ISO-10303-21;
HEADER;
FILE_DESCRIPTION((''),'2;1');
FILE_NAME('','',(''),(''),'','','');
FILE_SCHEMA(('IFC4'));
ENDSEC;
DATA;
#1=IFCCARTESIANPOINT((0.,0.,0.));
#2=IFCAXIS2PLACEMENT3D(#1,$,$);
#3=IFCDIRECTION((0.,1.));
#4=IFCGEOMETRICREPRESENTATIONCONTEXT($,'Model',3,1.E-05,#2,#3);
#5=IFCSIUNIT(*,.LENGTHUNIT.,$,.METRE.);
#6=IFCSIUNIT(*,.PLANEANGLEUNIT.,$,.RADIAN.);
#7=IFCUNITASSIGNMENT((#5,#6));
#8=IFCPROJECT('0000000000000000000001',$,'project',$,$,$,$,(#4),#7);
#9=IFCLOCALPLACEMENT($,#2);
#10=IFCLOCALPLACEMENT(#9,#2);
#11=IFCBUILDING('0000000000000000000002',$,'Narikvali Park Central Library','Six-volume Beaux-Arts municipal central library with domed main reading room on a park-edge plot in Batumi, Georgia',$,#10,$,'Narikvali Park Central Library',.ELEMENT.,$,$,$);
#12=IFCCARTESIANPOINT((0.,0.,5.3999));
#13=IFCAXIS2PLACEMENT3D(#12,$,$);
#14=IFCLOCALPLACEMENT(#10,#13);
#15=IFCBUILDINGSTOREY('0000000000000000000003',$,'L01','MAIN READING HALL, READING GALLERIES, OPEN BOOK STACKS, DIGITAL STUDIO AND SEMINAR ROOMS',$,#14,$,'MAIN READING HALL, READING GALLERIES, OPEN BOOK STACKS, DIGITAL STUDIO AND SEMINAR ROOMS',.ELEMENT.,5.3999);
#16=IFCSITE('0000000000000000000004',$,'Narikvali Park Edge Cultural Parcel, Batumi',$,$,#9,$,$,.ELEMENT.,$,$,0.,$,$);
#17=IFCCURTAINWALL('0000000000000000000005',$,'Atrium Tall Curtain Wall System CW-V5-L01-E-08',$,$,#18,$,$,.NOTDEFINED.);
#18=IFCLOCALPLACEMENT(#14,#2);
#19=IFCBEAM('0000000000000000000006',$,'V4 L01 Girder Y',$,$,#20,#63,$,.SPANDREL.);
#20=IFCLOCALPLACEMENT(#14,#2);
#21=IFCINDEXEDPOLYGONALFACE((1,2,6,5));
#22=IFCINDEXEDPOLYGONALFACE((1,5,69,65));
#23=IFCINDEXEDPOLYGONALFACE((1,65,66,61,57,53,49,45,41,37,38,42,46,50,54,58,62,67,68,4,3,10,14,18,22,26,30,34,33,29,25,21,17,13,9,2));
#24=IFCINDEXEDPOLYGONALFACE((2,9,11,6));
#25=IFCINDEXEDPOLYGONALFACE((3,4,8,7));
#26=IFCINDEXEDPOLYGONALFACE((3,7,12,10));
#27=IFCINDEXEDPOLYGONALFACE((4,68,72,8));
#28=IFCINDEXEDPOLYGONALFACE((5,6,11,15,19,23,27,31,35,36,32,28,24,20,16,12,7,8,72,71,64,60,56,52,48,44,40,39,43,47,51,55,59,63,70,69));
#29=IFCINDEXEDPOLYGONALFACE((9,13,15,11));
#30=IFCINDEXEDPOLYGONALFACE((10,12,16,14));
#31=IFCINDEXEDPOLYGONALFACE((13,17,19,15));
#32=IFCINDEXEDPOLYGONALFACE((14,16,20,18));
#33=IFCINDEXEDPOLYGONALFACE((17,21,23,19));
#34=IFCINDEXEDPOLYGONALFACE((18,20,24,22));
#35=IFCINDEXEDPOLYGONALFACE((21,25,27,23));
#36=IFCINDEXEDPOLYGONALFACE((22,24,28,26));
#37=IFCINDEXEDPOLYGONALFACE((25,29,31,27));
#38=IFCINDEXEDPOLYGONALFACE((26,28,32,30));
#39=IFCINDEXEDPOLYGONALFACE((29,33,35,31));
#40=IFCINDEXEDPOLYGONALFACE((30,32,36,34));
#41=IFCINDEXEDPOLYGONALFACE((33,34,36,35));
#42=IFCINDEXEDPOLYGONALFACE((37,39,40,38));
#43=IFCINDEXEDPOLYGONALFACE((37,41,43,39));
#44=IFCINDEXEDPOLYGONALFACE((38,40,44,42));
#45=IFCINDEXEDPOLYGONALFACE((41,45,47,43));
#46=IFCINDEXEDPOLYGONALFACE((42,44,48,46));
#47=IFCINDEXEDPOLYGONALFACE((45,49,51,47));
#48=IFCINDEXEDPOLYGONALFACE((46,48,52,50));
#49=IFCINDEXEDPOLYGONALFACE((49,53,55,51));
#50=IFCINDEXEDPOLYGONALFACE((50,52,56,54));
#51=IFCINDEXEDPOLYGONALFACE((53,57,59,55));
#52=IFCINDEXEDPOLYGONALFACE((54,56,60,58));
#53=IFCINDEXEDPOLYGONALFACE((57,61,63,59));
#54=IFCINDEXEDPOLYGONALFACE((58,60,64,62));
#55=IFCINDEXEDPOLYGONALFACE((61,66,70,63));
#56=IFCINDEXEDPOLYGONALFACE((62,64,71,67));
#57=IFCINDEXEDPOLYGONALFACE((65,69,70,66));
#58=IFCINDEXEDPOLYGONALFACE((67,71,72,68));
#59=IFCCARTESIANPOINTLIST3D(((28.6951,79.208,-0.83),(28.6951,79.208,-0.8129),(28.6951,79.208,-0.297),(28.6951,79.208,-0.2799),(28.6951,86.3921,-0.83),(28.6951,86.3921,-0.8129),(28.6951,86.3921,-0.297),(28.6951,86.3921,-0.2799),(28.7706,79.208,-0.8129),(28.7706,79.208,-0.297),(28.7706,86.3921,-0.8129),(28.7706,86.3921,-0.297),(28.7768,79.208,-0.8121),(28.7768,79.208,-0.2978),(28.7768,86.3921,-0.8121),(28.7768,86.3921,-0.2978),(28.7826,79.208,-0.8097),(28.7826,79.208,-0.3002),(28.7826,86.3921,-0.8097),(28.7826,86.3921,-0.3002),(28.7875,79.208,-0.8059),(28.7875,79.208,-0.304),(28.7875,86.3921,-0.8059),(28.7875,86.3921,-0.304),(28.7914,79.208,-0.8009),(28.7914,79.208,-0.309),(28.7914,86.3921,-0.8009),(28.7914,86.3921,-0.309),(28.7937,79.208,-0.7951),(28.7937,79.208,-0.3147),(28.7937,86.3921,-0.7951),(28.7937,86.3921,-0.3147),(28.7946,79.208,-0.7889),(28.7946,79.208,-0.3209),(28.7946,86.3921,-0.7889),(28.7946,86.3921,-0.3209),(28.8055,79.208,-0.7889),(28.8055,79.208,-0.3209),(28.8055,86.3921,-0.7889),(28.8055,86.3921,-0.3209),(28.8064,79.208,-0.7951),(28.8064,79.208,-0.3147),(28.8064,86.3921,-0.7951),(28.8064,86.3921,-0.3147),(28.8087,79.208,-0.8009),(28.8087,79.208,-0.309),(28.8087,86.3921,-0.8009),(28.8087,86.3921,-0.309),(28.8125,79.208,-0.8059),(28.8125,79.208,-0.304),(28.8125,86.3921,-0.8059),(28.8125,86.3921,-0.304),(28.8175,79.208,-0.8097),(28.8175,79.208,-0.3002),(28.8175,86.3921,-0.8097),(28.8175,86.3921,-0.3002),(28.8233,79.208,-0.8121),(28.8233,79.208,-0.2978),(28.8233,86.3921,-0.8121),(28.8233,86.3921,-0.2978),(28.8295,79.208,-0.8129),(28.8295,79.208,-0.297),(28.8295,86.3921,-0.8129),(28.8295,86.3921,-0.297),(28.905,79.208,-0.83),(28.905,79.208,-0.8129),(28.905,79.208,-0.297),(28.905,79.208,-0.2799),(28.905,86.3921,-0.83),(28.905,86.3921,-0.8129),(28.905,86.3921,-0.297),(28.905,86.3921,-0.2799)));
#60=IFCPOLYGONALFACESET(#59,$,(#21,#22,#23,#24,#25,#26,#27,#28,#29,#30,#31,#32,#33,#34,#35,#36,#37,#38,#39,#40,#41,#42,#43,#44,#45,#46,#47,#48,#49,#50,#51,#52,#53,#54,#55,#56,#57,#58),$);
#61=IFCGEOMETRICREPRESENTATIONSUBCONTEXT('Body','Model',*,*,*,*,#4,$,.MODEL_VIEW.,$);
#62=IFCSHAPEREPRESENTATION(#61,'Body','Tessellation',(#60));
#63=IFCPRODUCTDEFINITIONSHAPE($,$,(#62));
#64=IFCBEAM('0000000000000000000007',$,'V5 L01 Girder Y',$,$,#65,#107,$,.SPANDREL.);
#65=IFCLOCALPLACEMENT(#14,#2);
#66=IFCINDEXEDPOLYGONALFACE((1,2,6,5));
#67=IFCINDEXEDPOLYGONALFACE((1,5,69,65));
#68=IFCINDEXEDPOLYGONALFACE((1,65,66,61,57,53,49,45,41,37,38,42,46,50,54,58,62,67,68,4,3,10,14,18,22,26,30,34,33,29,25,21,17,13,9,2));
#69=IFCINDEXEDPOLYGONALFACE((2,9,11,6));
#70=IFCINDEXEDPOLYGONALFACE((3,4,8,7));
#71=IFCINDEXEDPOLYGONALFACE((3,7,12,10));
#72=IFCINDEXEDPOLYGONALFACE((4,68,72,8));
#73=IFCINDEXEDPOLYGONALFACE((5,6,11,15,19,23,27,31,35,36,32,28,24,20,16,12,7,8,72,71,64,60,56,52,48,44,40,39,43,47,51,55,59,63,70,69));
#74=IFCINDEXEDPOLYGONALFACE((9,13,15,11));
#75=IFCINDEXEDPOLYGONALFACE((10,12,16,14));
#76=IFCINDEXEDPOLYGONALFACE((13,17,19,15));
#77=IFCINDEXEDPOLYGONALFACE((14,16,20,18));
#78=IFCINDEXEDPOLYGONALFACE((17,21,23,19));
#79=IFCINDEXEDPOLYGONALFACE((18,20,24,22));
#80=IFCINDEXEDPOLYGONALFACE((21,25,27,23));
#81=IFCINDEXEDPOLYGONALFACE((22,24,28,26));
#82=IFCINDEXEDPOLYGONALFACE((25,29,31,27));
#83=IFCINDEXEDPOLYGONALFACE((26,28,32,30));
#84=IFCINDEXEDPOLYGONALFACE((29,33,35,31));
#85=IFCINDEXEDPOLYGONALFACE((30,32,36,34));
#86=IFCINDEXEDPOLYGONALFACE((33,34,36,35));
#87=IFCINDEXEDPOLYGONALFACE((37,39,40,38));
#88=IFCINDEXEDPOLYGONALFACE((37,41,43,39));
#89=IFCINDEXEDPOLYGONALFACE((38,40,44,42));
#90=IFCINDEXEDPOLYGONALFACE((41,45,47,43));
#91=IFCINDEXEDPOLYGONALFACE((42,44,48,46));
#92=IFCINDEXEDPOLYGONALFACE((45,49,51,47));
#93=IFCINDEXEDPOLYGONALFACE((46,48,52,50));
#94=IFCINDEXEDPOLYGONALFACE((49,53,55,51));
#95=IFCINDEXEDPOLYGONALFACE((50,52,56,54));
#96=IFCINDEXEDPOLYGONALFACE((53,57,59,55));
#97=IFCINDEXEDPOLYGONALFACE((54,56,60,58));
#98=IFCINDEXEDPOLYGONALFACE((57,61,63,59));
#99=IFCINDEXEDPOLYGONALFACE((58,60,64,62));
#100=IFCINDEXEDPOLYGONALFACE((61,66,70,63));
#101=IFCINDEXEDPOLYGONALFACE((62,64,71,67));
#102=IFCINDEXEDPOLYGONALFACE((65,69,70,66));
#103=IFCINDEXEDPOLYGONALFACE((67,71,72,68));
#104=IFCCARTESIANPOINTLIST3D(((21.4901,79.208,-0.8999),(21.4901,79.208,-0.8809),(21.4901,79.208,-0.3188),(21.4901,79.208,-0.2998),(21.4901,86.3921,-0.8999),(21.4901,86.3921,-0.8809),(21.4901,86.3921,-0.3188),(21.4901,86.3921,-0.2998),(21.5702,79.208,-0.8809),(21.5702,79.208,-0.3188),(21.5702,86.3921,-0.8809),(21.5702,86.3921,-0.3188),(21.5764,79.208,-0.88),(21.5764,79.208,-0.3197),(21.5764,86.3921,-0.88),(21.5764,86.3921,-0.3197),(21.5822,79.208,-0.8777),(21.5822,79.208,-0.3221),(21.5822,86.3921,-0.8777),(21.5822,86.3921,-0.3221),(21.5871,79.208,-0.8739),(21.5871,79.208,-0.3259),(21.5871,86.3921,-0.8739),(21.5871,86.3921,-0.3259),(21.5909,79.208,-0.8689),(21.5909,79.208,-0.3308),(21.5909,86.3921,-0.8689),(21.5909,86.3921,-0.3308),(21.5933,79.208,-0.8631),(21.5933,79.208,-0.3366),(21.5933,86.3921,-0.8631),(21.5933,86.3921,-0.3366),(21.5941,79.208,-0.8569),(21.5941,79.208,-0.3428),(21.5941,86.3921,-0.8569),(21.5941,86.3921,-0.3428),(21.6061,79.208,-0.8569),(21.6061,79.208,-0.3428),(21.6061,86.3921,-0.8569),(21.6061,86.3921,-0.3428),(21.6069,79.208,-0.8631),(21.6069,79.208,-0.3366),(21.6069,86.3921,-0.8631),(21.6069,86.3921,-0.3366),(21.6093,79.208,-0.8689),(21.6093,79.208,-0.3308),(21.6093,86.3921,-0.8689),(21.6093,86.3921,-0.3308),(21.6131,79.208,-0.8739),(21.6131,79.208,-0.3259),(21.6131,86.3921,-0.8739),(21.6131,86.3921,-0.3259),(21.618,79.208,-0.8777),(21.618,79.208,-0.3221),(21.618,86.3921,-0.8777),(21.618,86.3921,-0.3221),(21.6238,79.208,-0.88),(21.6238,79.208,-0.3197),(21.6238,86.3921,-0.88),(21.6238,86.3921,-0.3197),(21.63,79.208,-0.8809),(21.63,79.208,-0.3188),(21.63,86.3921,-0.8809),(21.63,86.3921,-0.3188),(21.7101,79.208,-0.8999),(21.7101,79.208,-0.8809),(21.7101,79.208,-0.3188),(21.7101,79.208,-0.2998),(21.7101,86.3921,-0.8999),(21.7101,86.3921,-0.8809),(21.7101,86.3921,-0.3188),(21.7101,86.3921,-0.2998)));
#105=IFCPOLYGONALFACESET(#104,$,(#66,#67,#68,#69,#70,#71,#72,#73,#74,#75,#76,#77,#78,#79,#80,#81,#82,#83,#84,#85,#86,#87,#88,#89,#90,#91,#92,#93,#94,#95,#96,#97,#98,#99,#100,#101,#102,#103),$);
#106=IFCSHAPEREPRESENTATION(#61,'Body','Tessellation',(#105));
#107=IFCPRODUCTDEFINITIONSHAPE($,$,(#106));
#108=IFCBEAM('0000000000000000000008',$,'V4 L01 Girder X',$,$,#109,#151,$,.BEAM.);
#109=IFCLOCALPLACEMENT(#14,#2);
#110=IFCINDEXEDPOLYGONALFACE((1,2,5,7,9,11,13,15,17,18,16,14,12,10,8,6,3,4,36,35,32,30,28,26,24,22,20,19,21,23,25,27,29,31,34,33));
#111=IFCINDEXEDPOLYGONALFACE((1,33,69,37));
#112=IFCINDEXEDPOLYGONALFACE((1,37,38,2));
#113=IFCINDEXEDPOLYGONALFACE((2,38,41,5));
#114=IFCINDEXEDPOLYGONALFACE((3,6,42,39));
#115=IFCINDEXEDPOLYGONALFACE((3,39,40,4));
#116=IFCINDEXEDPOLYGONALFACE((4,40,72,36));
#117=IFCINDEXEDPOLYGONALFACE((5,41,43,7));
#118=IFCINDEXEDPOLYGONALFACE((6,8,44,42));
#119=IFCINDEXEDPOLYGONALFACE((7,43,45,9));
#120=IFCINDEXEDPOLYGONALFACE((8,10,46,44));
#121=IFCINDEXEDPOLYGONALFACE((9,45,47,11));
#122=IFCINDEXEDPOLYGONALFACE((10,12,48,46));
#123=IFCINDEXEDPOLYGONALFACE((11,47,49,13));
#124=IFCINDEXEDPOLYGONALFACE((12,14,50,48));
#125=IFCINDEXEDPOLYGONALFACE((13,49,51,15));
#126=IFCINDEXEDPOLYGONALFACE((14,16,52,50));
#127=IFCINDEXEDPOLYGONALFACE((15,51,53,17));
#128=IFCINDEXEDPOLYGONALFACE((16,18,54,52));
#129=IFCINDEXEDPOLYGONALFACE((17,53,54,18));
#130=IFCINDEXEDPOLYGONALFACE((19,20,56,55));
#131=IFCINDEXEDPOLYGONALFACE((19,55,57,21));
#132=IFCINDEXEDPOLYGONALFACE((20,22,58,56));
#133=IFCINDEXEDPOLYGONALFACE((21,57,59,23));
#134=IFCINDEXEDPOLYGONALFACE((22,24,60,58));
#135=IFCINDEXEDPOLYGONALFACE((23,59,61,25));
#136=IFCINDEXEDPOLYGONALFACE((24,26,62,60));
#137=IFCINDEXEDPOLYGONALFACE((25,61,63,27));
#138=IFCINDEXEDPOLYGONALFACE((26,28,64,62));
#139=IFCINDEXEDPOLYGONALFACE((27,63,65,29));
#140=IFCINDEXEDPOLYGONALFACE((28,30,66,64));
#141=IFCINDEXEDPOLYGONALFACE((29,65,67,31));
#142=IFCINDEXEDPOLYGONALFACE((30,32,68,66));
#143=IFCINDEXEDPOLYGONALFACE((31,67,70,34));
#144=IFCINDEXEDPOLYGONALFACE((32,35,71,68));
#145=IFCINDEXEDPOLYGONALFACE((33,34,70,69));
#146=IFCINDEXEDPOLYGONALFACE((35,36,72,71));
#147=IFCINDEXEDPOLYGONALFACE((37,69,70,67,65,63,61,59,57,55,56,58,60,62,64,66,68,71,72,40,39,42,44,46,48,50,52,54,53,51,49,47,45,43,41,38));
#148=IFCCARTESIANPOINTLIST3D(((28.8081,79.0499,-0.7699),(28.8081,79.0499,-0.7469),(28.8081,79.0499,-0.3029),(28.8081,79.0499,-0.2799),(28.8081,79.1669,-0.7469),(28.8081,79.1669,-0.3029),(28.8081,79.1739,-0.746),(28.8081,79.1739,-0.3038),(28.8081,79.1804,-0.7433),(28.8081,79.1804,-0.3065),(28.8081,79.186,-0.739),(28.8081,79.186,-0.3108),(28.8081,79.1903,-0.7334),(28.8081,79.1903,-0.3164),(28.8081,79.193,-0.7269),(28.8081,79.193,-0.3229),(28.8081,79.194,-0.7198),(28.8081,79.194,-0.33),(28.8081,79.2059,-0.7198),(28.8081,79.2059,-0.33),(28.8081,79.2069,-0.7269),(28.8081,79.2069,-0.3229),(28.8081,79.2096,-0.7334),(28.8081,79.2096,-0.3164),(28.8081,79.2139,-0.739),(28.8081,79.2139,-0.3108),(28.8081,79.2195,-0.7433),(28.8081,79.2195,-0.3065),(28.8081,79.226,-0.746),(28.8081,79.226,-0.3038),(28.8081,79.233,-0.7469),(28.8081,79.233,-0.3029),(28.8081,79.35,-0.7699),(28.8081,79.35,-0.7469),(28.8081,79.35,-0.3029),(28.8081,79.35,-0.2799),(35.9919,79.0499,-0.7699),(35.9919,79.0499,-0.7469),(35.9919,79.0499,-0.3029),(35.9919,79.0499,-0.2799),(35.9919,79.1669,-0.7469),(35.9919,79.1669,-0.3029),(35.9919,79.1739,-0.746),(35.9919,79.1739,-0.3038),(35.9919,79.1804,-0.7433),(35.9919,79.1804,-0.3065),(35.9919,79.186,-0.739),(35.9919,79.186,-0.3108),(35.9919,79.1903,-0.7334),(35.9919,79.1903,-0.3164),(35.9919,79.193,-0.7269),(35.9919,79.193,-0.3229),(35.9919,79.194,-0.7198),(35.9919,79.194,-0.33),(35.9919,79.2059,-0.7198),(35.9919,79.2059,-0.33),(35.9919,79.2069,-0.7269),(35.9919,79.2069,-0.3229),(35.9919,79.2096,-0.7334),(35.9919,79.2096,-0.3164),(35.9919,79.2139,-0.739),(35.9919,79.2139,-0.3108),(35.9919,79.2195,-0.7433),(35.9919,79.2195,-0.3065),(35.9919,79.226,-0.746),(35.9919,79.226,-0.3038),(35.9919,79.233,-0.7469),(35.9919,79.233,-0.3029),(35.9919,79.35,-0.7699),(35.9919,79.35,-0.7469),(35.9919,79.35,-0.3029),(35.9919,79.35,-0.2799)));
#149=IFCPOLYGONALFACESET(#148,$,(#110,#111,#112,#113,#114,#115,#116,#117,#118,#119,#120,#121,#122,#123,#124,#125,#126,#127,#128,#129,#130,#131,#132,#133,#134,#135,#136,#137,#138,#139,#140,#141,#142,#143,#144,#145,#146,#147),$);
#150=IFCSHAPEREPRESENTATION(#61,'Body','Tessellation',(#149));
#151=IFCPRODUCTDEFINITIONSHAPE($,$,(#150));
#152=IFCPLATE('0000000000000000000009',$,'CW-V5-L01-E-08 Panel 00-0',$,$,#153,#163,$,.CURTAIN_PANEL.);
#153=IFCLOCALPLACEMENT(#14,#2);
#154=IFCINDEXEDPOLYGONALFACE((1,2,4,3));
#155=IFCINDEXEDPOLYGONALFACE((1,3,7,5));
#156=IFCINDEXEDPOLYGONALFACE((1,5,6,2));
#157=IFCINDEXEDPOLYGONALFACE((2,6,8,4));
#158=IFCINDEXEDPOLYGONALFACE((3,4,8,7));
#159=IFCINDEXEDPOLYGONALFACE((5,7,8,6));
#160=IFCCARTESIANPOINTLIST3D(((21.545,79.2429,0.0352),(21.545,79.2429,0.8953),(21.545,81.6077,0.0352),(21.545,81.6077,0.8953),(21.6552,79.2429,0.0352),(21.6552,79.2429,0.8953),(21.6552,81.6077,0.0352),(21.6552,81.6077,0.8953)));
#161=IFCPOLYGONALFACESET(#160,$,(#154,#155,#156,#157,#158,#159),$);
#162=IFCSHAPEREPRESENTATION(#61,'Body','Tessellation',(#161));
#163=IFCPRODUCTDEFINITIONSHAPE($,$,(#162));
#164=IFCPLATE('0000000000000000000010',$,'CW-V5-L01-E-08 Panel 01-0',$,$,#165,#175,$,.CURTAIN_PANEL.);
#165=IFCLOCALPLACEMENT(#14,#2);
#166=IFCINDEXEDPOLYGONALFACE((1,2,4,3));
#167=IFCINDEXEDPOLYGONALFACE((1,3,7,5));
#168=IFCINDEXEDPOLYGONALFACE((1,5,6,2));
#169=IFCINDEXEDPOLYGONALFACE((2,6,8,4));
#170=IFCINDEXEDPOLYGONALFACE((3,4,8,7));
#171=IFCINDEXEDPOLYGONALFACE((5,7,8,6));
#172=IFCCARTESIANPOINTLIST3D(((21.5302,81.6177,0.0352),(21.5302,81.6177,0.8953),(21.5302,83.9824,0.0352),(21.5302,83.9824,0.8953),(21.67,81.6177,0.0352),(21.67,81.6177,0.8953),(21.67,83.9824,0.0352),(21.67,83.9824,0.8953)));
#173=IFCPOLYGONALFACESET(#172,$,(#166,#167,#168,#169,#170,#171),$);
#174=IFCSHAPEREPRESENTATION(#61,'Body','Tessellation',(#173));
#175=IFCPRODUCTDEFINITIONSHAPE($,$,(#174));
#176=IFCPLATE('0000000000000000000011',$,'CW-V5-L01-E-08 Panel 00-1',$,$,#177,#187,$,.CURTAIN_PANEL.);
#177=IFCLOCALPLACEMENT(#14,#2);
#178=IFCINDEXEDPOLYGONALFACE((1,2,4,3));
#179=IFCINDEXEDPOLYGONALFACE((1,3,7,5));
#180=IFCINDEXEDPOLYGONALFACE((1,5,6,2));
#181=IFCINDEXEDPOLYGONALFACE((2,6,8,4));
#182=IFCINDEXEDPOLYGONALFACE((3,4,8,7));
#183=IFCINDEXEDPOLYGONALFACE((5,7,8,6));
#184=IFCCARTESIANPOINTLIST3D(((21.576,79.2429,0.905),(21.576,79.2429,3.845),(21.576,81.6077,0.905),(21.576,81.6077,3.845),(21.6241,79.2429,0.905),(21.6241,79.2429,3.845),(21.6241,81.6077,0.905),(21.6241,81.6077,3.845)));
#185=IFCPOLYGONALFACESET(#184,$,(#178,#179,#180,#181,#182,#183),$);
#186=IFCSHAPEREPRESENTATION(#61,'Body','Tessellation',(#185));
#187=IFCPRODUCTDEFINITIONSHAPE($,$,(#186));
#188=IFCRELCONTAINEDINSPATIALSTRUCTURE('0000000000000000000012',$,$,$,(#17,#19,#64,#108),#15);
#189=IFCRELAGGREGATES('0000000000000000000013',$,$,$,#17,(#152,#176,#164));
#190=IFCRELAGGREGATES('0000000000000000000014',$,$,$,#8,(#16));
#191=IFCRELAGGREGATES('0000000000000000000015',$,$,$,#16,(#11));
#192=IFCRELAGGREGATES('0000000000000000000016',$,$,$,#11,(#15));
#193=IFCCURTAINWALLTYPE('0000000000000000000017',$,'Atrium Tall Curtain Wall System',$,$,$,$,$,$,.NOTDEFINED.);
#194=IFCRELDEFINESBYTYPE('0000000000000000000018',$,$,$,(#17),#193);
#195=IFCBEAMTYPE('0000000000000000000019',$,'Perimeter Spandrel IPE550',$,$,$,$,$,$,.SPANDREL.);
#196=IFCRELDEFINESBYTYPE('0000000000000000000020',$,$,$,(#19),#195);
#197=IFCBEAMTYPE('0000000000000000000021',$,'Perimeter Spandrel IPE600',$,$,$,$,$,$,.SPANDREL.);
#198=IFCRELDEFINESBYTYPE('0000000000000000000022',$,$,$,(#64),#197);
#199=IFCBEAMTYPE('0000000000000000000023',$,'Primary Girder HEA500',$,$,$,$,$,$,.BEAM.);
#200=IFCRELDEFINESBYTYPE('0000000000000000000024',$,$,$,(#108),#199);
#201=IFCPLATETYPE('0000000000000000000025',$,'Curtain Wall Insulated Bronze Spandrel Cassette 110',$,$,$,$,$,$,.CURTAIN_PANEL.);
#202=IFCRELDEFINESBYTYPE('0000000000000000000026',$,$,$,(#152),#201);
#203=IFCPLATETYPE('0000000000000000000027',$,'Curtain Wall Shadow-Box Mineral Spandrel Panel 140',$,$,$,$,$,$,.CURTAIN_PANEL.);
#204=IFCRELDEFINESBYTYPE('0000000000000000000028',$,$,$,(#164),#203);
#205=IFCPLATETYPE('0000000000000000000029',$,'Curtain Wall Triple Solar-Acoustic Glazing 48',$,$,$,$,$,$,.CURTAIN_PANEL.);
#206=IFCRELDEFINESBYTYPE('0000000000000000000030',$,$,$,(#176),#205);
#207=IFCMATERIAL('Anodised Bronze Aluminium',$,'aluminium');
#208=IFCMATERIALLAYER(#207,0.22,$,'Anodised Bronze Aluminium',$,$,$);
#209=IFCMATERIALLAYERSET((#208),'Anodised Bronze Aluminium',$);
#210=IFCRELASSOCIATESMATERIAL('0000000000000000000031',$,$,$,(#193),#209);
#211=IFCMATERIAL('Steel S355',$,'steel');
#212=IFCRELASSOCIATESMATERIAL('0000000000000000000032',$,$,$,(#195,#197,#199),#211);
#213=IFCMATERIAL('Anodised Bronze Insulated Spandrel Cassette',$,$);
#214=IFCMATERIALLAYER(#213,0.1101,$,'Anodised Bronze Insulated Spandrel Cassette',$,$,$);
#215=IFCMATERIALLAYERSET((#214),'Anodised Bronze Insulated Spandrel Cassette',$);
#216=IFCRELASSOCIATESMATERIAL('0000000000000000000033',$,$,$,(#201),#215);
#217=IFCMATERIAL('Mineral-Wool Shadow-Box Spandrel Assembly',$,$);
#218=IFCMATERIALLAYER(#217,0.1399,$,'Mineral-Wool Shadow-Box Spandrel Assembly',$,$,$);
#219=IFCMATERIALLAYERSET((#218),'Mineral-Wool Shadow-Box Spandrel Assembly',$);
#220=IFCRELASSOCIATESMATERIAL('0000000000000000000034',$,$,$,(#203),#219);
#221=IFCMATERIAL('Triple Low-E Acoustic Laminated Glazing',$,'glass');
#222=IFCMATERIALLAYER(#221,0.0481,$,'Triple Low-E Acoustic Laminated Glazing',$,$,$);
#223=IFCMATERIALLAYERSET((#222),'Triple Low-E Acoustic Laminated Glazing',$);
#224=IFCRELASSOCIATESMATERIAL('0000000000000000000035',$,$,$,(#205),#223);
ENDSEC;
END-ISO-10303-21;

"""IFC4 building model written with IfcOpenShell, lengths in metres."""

from ifc_helpers import new_model, si_unit, direction, frame, origin, origin_2d, place, context, subcontext, project, spatial, rectangle, i_section, extrude, material, layer, layer_set, material_profile, profile_set, type_object, element, aggregate, save


model = new_model("IFC4")

# Units and contexts
model_context = context("Model", 3, precision=1e-05, world=origin(), true_north=direction((0.0, 1.0)))
body_context = subcontext(model_context, "Body", "Model", "MODEL_VIEW")
ifc_project = project(units=[si_unit("LENGTHUNIT", "METRE"), si_unit("PLANEANGLEUNIT", "RADIAN")], contexts=[model_context])

# Site, building, storey
site_placement = place(None, origin())
site = spatial("IfcSite", under=ifc_project, at=site_placement, Name="Narikvali Park Edge Cultural Parcel, Batumi", CompositionType="ELEMENT", RefElevation=0.0)
building_placement = place(site_placement, origin())
building = spatial("IfcBuilding", under=site, at=building_placement, Name="Narikvali Park Central Library", Description="Six-volume Beaux-Arts municipal central library with domed main reading room on a park-edge plot in Batumi, Georgia", LongName="Narikvali Park Central Library", CompositionType="ELEMENT")
storey_placement = place(building_placement, frame((0.0, 0.0, 5.3999)))
storey = spatial("IfcBuildingStorey", under=building, at=storey_placement, Name="L01", Description="MAIN READING HALL, READING GALLERIES, OPEN BOOK STACKS, DIGITAL STUDIO AND SEMINAR ROOMS", LongName="MAIN READING HALL, READING GALLERIES, OPEN BOOK STACKS, DIGITAL STUDIO AND SEMINAR ROOMS", CompositionType="ELEMENT", Elevation=5.3999)

# Shared definitions
ifc_material_1 = material(Name="Steel S355", Category="steel")

# Curtain wall
ifc_material_2 = material(Name="Anodised Bronze Aluminium", Category="aluminium")
ifc_layer_1 = layer(ifc_material_2, 0.22, Name="Anodised Bronze Aluminium")
ifc_layer_set_1 = layer_set([ifc_layer_1], Name="Anodised Bronze Aluminium")
curtain_wall_type = type_object("IfcCurtainWallType", Name="Atrium Tall Curtain Wall System", PredefinedType="NOTDEFINED", material=ifc_layer_set_1)
curtain_wall_placement = place(storey_placement, origin())
curtain_wall = element("IfcCurtainWall", 1, at=curtain_wall_placement, inside=storey, type_object=curtain_wall_type, Name="Atrium Tall Curtain Wall System CW-V5-L01-E-08", PredefinedType="NOTDEFINED")

# Beams
ifc_material_profile_1 = material_profile(ifc_material_1, i_section(OverallWidth=0.21, OverallDepth=0.55, WebThickness=0.011, FlangeThickness=0.0171, FilletRadius=0.0239, at=origin_2d()), Name="IPE 550")
ifc_profile_set_1 = profile_set([ifc_material_profile_1], Name="Steel S355")
beam_type_1 = type_object("IfcBeamType", Name="Perimeter Spandrel IPE550", PredefinedType="SPANDREL", material=ifc_profile_set_1)
beam_1_placement = place(storey_placement, frame((28.8, 79.208, -0.5549), z_axis=(0.0, 1.0, 0.0), x_axis=(-1.0, 0.0, 0.0)))
element("IfcBeam", 2, at=beam_1_placement, inside=storey, type_object=beam_type_1, Name="V4 L01 Girder Y", PredefinedType="SPANDREL", context=body_context, shape_type="SweptSolid", body=[
    extrude(i_section(OverallWidth=0.21, OverallDepth=0.55, WebThickness=0.011, FlangeThickness=0.0171, FilletRadius=0.0239, at=origin_2d()), origin(), (0.0, 0.0, 1.0), 7.1841),
])
ifc_material_profile_2 = material_profile(ifc_material_1, i_section(OverallWidth=0.22, OverallDepth=0.6001, WebThickness=0.012, FlangeThickness=0.019, FilletRadius=0.0239, at=origin_2d()), Name="IPE 600")
ifc_profile_set_2 = profile_set([ifc_material_profile_2], Name="Steel S355")
beam_type_2 = type_object("IfcBeamType", Name="Perimeter Spandrel IPE600", PredefinedType="SPANDREL", material=ifc_profile_set_2)
beam_2_placement = place(storey_placement, frame((21.6001, 79.208, -0.5999), z_axis=(0.0, 1.0, 0.0), x_axis=(-1.0, 0.0, 0.0)))
element("IfcBeam", 3, at=beam_2_placement, inside=storey, type_object=beam_type_2, Name="V5 L01 Girder Y", PredefinedType="SPANDREL", context=body_context, shape_type="SweptSolid", body=[
    extrude(i_section(OverallWidth=0.22, OverallDepth=0.6001, WebThickness=0.012, FlangeThickness=0.019, FilletRadius=0.0239, at=origin_2d()), origin(), (0.0, 0.0, 1.0), 7.1841),
])
ifc_material_profile_3 = material_profile(ifc_material_1, i_section(OverallWidth=0.3, OverallDepth=0.49, WebThickness=0.012, FlangeThickness=0.0229, FilletRadius=0.0271, at=origin_2d()), Name="HEA 500")
ifc_profile_set_3 = profile_set([ifc_material_profile_3], Name="Steel S355")
beam_type_3 = type_object("IfcBeamType", Name="Primary Girder HEA500", PredefinedType="BEAM", material=ifc_profile_set_3)
beam_3_placement = place(storey_placement, frame((28.8081, 79.2, -0.5249), z_axis=(1.0, 0.0, 0.0), x_axis=(0.0, 1.0, 0.0)))
element("IfcBeam", 4, at=beam_3_placement, inside=storey, type_object=beam_type_3, Name="V4 L01 Girder X", PredefinedType="BEAM", context=body_context, shape_type="SweptSolid", body=[
    extrude(i_section(OverallWidth=0.3, OverallDepth=0.49, WebThickness=0.012, FlangeThickness=0.0229, FilletRadius=0.0271, at=origin_2d()), origin(), (0.0, 0.0, 1.0), 7.1838),
])

# Plates
ifc_material_3 = material(Name="Anodised Bronze Insulated Spandrel Cassette")
ifc_layer_2 = layer(ifc_material_3, 0.1101, Name="Anodised Bronze Insulated Spandrel Cassette")
ifc_layer_set_2 = layer_set([ifc_layer_2], Name="Anodised Bronze Insulated Spandrel Cassette")
plate_type_1 = type_object("IfcPlateType", Name="Curtain Wall Insulated Bronze Spandrel Cassette 110", PredefinedType="CURTAIN_PANEL", material=ifc_layer_set_2)
plate_1_placement = place(storey_placement, frame((21.6001, 80.4253, 0.0352), z_axis=(0.0, 0.0, 1.0), x_axis=(0.0, 1.0, 0.0)))
plate_1 = element("IfcPlate", 5, at=plate_1_placement, type_object=plate_type_1, Name="CW-V5-L01-E-08 Panel 00-0", PredefinedType="CURTAIN_PANEL", context=body_context, shape_type="SweptSolid", body=[
    extrude(rectangle(XDim=2.3647, YDim=0.1101, at=origin_2d()), origin(), (0.0, 0.0, 1.0), 0.8601),
])
ifc_material_4 = material(Name="Mineral-Wool Shadow-Box Spandrel Assembly")
ifc_layer_3 = layer(ifc_material_4, 0.1399, Name="Mineral-Wool Shadow-Box Spandrel Assembly")
ifc_layer_set_3 = layer_set([ifc_layer_3], Name="Mineral-Wool Shadow-Box Spandrel Assembly")
plate_type_2 = type_object("IfcPlateType", Name="Curtain Wall Shadow-Box Mineral Spandrel Panel 140", PredefinedType="CURTAIN_PANEL", material=ifc_layer_set_3)
plate_2_placement = place(storey_placement, frame((21.6001, 82.8, 0.0352), z_axis=(0.0, 0.0, 1.0), x_axis=(0.0, 1.0, 0.0)))
plate_2 = element("IfcPlate", 6, at=plate_2_placement, type_object=plate_type_2, Name="CW-V5-L01-E-08 Panel 01-0", PredefinedType="CURTAIN_PANEL", context=body_context, shape_type="SweptSolid", body=[
    extrude(rectangle(XDim=2.3647, YDim=0.1399, at=origin_2d()), origin(), (0.0, 0.0, 1.0), 0.8601),
])
ifc_material_5 = material(Name="Triple Low-E Acoustic Laminated Glazing", Category="glass")
ifc_layer_4 = layer(ifc_material_5, 0.0481, Name="Triple Low-E Acoustic Laminated Glazing")
ifc_layer_set_4 = layer_set([ifc_layer_4], Name="Triple Low-E Acoustic Laminated Glazing")
plate_type_3 = type_object("IfcPlateType", Name="Curtain Wall Triple Solar-Acoustic Glazing 48", PredefinedType="CURTAIN_PANEL", material=ifc_layer_set_4)
plate_3_placement = place(storey_placement, frame((21.6001, 80.4253, 0.905), z_axis=(0.0, 0.0, 1.0), x_axis=(0.0, 1.0, 0.0)))
plate_3 = element("IfcPlate", 7, at=plate_3_placement, type_object=plate_type_3, Name="CW-V5-L01-E-08 Panel 00-1", PredefinedType="CURTAIN_PANEL", context=body_context, shape_type="SweptSolid", body=[
    extrude(rectangle(XDim=2.3647, YDim=0.0481, at=origin_2d()), origin(), (0.0, 0.0, 1.0), 2.9399),
])
aggregate(curtain_wall, [plate_1, plate_3, plate_2])

save(model, "model.ifc")
